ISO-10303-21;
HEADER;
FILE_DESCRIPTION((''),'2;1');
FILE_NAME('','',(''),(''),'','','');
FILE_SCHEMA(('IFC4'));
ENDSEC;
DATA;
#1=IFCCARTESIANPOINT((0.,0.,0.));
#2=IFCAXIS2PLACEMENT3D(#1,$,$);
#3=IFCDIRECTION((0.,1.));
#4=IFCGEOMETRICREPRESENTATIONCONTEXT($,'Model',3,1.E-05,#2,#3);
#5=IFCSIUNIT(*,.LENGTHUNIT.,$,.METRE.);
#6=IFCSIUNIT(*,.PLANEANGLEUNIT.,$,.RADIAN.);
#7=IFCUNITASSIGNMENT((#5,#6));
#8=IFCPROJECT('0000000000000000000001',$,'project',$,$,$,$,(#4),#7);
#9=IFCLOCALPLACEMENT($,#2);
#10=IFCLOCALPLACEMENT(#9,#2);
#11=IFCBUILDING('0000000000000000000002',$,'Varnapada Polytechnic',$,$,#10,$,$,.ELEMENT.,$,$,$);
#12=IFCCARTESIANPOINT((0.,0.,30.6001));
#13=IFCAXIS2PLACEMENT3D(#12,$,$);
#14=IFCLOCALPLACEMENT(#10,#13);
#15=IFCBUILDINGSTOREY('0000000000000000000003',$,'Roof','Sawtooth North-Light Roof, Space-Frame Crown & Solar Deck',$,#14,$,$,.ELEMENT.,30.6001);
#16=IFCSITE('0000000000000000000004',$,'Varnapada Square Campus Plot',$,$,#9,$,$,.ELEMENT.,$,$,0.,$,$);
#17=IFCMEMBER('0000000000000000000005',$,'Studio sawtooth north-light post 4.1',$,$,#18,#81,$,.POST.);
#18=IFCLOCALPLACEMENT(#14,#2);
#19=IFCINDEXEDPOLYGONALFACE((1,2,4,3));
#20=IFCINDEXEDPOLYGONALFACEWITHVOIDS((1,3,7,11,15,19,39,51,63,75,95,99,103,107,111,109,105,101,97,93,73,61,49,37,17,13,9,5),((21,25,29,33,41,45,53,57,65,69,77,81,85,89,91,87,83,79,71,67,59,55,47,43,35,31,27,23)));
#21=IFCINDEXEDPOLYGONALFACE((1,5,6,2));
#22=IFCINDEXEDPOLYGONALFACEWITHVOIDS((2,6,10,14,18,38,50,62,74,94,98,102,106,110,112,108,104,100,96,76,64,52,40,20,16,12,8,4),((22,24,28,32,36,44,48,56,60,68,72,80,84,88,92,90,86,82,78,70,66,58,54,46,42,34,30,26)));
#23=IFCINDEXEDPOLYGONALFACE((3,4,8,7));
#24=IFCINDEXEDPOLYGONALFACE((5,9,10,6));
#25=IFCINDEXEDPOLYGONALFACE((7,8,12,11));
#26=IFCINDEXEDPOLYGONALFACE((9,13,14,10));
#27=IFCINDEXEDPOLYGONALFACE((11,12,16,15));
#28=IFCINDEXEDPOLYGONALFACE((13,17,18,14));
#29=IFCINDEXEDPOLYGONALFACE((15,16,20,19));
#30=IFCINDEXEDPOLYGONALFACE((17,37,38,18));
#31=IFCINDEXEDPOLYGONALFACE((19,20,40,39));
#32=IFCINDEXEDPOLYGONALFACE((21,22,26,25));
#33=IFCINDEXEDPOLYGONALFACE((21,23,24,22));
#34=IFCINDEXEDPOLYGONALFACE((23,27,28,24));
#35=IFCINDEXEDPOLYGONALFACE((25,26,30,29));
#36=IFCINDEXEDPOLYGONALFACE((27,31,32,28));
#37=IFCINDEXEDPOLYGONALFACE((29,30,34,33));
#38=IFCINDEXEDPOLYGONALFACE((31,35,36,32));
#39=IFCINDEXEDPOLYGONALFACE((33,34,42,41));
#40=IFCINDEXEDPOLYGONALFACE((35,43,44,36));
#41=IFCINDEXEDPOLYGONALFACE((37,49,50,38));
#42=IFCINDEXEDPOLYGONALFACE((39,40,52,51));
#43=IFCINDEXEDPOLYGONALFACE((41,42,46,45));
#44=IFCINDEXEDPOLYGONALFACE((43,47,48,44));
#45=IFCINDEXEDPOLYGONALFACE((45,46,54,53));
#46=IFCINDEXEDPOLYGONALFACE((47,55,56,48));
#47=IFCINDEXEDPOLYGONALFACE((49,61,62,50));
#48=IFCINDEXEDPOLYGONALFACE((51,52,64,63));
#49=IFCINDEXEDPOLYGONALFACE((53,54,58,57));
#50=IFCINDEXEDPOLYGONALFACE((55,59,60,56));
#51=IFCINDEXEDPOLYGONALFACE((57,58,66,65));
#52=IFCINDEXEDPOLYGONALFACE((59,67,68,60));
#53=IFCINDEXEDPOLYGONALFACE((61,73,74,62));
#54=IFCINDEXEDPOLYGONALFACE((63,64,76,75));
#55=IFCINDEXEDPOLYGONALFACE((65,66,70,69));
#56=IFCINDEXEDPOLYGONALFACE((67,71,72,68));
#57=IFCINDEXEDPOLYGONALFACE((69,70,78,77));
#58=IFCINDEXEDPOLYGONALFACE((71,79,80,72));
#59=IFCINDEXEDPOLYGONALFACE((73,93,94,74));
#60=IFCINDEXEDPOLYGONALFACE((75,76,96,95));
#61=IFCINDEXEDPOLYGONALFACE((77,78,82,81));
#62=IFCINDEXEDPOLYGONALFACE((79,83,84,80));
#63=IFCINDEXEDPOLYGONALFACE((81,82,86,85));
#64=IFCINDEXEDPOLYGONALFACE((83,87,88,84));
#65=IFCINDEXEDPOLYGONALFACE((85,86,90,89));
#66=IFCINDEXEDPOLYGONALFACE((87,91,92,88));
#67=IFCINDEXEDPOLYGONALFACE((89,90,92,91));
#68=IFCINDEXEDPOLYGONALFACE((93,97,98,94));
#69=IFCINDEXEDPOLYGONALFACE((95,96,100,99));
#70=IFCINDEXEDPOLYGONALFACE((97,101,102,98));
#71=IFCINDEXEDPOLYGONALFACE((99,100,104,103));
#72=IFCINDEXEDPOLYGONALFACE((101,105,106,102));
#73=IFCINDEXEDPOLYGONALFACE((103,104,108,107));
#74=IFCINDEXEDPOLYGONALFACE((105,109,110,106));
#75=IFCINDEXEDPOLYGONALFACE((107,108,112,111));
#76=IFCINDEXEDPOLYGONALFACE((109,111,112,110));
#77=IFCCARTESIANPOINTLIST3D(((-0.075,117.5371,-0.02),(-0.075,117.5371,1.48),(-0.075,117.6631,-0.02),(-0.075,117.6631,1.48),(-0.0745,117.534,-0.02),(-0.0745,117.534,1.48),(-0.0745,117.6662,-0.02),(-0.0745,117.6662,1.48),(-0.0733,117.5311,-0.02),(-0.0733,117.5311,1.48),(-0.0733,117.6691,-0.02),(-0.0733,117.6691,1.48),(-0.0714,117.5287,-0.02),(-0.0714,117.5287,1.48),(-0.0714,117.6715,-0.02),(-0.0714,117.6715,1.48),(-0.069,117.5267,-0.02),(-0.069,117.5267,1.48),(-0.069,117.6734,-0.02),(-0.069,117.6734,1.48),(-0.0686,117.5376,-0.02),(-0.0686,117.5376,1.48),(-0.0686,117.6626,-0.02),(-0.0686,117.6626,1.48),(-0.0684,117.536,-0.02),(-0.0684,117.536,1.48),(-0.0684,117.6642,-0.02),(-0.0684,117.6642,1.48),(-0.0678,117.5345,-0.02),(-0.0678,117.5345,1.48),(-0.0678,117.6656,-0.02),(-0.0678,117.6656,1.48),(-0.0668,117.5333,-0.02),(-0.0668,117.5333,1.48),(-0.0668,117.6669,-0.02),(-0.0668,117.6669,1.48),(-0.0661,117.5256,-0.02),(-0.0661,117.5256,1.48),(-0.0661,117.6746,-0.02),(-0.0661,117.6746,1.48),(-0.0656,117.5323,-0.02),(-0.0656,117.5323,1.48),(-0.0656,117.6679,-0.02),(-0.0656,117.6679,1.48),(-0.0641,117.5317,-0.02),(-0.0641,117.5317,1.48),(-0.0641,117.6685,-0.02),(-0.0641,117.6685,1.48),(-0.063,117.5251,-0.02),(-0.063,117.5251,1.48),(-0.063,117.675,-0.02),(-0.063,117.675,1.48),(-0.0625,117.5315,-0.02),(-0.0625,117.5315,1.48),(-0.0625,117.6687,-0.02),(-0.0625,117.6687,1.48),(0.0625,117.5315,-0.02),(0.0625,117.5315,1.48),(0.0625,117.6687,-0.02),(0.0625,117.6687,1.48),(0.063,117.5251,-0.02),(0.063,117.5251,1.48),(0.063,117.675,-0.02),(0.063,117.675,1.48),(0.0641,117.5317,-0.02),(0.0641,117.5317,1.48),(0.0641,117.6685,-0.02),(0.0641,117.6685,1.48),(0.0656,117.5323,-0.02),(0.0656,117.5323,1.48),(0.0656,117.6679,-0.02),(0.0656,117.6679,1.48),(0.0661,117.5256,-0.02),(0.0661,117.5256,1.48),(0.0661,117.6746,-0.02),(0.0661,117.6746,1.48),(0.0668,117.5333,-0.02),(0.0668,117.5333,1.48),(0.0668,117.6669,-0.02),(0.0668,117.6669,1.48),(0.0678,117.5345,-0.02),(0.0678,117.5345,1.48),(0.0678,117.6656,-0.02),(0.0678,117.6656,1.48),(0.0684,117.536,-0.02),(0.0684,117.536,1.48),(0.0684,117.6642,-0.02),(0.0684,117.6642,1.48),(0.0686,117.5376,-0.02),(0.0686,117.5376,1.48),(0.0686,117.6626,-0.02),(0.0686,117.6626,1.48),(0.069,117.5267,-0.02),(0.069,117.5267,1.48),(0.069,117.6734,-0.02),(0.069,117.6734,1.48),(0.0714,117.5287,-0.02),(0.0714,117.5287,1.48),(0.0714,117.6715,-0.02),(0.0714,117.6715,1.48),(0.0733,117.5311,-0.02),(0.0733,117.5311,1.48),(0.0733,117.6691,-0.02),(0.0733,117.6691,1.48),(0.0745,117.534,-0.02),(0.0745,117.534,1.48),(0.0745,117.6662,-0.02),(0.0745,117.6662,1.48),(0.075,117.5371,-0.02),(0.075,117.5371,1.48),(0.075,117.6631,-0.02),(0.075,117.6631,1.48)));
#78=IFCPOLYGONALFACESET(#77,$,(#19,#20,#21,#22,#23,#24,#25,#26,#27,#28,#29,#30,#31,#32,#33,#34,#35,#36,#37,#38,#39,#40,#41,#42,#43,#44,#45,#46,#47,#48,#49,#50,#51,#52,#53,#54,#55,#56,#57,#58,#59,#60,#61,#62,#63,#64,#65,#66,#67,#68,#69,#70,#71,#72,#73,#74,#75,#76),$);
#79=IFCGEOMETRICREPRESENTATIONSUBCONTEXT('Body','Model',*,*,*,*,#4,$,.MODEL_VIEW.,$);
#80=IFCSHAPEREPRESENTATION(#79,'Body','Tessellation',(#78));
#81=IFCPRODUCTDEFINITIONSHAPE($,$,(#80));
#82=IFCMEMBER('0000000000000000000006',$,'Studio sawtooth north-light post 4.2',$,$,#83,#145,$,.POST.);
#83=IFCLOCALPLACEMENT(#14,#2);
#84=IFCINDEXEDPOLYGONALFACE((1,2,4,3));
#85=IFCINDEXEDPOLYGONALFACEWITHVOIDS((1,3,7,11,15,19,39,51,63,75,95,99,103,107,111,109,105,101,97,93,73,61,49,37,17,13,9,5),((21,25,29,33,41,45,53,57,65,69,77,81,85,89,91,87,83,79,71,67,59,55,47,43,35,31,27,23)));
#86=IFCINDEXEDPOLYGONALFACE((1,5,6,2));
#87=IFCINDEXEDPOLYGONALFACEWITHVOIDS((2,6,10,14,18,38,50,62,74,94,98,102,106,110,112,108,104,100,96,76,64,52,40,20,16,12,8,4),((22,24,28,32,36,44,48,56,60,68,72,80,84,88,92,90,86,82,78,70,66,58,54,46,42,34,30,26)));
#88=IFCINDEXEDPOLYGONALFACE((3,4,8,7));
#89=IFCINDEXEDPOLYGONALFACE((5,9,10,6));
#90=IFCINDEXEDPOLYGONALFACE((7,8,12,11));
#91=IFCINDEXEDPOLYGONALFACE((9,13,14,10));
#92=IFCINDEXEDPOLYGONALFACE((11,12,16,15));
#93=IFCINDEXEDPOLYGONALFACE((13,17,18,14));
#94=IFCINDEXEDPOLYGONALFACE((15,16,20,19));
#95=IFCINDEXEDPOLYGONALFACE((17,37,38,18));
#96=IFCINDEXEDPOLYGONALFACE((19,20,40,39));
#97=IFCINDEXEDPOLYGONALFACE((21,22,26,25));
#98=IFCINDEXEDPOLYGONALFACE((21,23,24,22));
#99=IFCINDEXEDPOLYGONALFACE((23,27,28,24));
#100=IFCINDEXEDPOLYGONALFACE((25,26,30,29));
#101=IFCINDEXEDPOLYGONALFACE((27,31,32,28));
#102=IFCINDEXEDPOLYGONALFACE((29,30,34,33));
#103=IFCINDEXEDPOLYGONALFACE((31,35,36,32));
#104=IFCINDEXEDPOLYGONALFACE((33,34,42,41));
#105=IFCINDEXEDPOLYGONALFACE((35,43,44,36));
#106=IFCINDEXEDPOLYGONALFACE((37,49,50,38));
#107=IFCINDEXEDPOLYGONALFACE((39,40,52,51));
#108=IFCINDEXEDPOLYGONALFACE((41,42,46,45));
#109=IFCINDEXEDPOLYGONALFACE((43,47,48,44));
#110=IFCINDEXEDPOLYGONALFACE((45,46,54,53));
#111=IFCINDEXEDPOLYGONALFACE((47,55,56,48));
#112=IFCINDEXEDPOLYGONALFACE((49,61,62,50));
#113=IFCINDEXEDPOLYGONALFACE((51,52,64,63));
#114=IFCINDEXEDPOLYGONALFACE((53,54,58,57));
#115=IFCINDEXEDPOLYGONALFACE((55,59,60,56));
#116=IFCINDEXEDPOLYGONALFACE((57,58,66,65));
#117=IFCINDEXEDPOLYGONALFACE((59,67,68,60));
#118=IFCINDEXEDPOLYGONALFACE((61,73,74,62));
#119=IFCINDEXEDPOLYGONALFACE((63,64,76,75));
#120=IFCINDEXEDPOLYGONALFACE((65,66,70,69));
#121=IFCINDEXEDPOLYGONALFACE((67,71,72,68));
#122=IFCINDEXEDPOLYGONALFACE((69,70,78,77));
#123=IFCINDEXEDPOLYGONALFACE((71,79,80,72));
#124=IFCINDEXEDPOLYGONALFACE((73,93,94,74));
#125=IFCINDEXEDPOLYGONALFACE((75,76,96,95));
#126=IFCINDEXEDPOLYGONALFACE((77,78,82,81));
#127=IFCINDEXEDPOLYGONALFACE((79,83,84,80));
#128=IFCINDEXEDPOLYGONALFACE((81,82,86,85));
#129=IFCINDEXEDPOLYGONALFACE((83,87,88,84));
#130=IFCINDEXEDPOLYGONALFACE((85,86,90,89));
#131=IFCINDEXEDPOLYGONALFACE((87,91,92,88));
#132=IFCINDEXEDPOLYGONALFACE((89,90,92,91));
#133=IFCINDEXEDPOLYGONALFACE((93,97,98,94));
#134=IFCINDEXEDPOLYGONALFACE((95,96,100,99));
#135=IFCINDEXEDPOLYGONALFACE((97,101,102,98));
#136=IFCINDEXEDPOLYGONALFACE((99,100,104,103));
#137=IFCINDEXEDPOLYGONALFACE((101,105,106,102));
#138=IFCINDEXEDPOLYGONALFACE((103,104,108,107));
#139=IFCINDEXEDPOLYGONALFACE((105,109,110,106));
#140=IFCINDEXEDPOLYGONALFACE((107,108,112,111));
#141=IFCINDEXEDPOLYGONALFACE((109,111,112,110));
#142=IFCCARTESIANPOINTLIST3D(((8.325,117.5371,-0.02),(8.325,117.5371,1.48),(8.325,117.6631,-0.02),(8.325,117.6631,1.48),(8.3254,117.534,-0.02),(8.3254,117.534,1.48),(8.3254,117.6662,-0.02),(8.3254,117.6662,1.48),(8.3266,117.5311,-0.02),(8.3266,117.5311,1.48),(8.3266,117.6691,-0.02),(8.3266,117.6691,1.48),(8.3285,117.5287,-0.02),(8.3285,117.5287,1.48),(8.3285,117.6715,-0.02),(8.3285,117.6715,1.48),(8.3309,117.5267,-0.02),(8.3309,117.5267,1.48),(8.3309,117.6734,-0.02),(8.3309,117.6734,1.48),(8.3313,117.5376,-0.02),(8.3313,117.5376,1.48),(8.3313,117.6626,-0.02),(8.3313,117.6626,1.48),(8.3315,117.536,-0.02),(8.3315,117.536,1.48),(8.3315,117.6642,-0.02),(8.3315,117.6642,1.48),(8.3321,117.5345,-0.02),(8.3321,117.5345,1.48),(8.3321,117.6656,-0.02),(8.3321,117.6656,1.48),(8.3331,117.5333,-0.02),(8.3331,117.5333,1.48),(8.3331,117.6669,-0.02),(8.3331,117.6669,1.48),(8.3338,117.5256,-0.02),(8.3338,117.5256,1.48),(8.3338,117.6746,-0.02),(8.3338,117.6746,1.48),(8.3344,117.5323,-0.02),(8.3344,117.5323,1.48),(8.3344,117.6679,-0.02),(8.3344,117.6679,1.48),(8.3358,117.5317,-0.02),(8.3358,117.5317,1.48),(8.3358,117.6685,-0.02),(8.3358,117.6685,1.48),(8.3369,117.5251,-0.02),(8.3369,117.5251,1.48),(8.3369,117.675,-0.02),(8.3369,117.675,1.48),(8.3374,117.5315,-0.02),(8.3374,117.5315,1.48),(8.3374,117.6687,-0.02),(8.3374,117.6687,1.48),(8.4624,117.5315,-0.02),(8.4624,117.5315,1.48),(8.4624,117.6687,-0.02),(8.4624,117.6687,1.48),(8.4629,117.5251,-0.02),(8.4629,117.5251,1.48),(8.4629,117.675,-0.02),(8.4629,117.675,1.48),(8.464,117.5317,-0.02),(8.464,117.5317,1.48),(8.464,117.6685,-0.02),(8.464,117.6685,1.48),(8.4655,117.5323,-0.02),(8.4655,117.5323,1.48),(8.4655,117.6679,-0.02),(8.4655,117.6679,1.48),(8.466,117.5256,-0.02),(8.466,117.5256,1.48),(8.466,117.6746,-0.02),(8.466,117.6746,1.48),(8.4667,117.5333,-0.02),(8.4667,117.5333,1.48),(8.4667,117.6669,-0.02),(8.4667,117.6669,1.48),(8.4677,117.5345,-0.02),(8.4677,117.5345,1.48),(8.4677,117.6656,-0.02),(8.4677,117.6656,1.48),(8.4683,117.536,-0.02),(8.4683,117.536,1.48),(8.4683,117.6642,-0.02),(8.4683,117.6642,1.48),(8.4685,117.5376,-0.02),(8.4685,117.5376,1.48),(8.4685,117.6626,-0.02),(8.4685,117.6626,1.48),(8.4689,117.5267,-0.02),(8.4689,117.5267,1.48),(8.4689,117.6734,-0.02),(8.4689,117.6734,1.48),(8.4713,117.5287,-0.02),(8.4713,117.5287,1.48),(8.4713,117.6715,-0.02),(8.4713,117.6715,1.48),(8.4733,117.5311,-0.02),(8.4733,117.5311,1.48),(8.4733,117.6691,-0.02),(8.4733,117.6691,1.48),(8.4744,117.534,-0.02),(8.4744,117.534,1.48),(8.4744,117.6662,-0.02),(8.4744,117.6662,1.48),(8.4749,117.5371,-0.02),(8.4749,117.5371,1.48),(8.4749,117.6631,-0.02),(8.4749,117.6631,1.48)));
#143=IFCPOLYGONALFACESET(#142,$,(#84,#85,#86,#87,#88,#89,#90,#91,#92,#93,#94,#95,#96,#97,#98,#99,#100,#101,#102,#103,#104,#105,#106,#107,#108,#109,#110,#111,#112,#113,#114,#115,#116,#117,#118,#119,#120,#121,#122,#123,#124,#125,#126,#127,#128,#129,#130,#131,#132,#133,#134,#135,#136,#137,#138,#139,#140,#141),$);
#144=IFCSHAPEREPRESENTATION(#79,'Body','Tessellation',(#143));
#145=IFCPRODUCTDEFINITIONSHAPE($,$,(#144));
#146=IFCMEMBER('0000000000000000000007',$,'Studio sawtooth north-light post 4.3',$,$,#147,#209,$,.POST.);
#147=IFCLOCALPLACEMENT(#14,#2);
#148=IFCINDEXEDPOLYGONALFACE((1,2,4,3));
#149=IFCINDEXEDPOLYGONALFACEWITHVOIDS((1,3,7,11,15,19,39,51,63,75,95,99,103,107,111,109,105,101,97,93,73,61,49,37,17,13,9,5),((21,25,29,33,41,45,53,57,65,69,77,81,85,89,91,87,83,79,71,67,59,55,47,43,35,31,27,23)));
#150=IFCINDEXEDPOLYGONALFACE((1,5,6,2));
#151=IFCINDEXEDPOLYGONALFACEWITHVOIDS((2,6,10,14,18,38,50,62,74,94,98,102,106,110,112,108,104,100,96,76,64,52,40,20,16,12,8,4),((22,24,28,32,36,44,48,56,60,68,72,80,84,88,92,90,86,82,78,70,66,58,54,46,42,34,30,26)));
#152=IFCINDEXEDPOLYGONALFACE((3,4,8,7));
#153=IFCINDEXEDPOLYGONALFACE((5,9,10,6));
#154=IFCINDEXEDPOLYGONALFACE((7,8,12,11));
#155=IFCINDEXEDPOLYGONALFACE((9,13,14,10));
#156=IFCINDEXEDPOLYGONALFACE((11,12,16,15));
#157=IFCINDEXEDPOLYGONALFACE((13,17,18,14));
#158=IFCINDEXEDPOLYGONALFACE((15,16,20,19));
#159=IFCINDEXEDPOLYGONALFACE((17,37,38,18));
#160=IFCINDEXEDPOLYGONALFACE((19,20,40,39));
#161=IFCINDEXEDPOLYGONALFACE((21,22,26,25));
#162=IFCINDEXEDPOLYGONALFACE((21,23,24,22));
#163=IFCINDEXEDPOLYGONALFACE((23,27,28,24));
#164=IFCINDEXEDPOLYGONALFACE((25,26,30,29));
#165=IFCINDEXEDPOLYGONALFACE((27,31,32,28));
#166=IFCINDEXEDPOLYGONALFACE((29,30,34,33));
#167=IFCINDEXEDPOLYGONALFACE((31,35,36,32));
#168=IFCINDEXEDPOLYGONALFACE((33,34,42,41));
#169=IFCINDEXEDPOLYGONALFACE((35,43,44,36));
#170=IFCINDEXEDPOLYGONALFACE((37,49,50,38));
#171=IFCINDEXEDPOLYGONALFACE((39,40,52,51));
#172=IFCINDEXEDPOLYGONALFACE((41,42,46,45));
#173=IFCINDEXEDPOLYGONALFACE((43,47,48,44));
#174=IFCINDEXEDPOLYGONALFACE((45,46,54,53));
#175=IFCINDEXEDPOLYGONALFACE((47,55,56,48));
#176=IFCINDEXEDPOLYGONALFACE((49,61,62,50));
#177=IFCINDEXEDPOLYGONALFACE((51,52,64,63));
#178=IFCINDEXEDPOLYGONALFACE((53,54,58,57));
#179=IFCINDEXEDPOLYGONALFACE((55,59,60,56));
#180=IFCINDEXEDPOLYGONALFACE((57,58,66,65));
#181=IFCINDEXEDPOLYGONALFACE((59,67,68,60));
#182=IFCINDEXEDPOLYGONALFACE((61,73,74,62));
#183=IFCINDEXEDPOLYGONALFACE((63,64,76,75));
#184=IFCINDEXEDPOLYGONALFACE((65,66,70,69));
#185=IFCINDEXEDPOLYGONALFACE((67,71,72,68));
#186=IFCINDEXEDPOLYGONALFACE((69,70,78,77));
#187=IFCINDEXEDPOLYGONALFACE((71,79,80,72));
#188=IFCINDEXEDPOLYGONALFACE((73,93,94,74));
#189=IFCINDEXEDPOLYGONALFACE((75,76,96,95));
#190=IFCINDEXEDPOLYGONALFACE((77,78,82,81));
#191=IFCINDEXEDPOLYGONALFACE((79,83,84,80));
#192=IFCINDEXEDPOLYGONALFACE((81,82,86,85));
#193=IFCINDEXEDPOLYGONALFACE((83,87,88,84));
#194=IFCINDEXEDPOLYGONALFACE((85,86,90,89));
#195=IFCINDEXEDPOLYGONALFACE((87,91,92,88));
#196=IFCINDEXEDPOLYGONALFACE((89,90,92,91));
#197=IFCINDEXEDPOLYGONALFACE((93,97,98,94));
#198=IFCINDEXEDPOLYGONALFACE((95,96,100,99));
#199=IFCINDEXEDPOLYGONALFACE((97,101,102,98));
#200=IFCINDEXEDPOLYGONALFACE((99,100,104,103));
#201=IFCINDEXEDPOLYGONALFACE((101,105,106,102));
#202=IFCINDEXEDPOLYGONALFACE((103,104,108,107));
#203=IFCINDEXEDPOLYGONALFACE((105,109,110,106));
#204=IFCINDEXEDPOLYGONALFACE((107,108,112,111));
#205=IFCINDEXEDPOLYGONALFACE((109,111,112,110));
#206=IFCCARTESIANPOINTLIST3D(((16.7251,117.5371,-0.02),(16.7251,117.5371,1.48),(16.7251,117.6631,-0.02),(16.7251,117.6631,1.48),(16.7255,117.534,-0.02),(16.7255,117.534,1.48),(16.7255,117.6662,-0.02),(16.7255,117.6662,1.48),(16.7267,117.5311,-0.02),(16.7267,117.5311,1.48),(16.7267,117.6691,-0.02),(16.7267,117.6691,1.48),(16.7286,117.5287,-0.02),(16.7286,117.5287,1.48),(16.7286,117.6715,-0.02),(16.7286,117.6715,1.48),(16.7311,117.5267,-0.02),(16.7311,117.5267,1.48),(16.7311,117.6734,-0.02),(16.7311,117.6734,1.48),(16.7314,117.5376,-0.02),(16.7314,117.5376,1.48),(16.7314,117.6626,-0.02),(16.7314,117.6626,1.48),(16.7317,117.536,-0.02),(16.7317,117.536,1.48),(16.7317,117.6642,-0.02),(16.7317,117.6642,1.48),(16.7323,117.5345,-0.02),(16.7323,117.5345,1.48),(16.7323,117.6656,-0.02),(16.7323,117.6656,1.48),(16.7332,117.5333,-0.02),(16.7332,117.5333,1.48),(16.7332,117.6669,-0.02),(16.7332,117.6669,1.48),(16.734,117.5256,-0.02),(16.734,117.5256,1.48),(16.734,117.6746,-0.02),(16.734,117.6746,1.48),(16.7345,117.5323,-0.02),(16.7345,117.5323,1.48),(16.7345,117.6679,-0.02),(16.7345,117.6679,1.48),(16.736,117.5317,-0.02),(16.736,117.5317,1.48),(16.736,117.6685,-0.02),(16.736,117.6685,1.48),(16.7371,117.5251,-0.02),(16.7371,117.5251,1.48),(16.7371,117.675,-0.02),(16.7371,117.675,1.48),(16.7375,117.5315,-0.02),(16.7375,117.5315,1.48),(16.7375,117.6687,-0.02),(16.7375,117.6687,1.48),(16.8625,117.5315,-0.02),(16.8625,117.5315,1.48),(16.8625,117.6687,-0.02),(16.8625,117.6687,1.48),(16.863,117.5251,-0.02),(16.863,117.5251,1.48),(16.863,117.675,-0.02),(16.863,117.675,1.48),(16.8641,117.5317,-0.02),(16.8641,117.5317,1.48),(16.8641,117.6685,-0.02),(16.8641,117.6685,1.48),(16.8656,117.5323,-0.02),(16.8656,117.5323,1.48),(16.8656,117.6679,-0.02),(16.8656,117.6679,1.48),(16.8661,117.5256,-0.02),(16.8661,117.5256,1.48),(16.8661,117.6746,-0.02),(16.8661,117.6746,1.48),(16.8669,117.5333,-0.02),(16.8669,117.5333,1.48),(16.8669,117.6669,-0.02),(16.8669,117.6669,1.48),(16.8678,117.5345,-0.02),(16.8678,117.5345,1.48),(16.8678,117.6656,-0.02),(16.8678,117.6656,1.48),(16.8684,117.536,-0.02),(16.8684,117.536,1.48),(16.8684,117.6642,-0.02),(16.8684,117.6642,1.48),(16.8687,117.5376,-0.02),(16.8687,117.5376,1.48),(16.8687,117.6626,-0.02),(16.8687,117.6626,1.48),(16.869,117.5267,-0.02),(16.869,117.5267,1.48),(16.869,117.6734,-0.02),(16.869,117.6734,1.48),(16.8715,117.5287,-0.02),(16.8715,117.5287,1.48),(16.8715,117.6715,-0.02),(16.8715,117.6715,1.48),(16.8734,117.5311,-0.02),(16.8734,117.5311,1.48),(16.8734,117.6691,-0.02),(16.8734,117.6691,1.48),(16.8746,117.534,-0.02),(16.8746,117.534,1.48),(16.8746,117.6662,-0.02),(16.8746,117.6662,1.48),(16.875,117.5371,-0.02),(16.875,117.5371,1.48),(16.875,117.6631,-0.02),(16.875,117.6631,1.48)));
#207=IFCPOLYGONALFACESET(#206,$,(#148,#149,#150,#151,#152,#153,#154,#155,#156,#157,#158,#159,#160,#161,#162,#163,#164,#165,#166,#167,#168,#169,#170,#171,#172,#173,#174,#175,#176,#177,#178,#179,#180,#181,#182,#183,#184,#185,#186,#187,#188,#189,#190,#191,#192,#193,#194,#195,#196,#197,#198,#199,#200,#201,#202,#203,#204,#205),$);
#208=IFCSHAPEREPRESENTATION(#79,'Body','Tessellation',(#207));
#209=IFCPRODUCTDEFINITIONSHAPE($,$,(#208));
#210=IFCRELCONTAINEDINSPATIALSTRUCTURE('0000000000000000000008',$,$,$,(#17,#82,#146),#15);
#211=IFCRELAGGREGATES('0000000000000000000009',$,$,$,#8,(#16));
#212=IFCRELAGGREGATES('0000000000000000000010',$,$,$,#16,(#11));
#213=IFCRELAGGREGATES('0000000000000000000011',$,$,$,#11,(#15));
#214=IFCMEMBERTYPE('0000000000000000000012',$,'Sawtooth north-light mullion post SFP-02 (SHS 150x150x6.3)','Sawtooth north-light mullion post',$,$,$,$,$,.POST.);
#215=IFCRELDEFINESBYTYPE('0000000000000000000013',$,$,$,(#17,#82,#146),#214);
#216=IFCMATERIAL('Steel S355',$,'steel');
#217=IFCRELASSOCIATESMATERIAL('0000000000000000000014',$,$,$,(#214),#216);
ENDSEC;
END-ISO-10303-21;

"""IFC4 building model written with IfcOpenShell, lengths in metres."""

from ifc_helpers import new_model, si_unit, direction, frame, origin, origin_2d, place, context, subcontext, project, spatial, hollow_rectangle, extrude, material, material_profile, profile_set, type_object, element, save


model = new_model("IFC4")

# Units and contexts
model_context = context("Model", 3, precision=1e-05, world=origin(), true_north=direction((0.0, 1.0)))
body_context = subcontext(model_context, "Body", "Model", "MODEL_VIEW")
ifc_project = project(units=[si_unit("LENGTHUNIT", "METRE"), si_unit("PLANEANGLEUNIT", "RADIAN")], contexts=[model_context])

# Site, building, storey
site_placement = place(None, origin())
site = spatial("IfcSite", under=ifc_project, at=site_placement, Name="Varnapada Square Campus Plot", CompositionType="ELEMENT", RefElevation=0.0)
building_placement = place(site_placement, origin())
building = spatial("IfcBuilding", under=site, at=building_placement, Name="Varnapada Polytechnic", CompositionType="ELEMENT")
storey_placement = place(building_placement, frame((0.0, 0.0, 30.6001)))
storey = spatial("IfcBuildingStorey", under=building, at=storey_placement, Name="Roof", Description="Sawtooth North-Light Roof, Space-Frame Crown & Solar Deck", CompositionType="ELEMENT", Elevation=30.6001)

# Shared definitions
ifc_material_1 = material(Name="Steel S355", Category="steel")

# Members
ifc_material_profile_1 = material_profile(ifc_material_1, hollow_rectangle(XDim=0.1499, YDim=0.1499, WallThickness=0.0063, InnerFilletRadius=0.0061, OuterFilletRadius=0.012, at=origin_2d()), Name="SHS 150x150x6.3")
ifc_profile_set_1 = profile_set([ifc_material_profile_1], Name="Steel S355")
member_type = type_object("IfcMemberType", Name="Sawtooth north-light mullion post SFP-02 (SHS 150x150x6.3)", Description="Sawtooth north-light mullion post", PredefinedType="POST", material=ifc_profile_set_1)
for number, where, z_axis, x_axis, name in (
    (1, (0.0, 117.6001, -0.02), (0.0, 0.0, 1.0), (1.0, 0.0, 0.0), "Studio sawtooth north-light post 4.1"),
    (2, (8.3999, 117.6001, -0.02), (0.0, 0.0, 1.0), (1.0, 0.0, 0.0), "Studio sawtooth north-light post 4.2"),
    (3, (16.8, 117.6001, -0.02), (0.0, 0.0, 1.0), (1.0, 0.0, 0.0), "Studio sawtooth north-light post 4.3"),
):
    element("IfcMember", number, at=place(storey_placement, frame(where, z_axis=z_axis, x_axis=x_axis)), inside=storey, type_object=member_type, Name=name, PredefinedType="POST", context=body_context, shape_type="SweptSolid", body=[
        extrude(hollow_rectangle(XDim=0.1499, YDim=0.1499, WallThickness=0.0063, InnerFilletRadius=0.0061, OuterFilletRadius=0.012, at=origin_2d()), origin(), (0.0, 0.0, 1.0), 1.5),
    ])

save(model, "model.ifc")
